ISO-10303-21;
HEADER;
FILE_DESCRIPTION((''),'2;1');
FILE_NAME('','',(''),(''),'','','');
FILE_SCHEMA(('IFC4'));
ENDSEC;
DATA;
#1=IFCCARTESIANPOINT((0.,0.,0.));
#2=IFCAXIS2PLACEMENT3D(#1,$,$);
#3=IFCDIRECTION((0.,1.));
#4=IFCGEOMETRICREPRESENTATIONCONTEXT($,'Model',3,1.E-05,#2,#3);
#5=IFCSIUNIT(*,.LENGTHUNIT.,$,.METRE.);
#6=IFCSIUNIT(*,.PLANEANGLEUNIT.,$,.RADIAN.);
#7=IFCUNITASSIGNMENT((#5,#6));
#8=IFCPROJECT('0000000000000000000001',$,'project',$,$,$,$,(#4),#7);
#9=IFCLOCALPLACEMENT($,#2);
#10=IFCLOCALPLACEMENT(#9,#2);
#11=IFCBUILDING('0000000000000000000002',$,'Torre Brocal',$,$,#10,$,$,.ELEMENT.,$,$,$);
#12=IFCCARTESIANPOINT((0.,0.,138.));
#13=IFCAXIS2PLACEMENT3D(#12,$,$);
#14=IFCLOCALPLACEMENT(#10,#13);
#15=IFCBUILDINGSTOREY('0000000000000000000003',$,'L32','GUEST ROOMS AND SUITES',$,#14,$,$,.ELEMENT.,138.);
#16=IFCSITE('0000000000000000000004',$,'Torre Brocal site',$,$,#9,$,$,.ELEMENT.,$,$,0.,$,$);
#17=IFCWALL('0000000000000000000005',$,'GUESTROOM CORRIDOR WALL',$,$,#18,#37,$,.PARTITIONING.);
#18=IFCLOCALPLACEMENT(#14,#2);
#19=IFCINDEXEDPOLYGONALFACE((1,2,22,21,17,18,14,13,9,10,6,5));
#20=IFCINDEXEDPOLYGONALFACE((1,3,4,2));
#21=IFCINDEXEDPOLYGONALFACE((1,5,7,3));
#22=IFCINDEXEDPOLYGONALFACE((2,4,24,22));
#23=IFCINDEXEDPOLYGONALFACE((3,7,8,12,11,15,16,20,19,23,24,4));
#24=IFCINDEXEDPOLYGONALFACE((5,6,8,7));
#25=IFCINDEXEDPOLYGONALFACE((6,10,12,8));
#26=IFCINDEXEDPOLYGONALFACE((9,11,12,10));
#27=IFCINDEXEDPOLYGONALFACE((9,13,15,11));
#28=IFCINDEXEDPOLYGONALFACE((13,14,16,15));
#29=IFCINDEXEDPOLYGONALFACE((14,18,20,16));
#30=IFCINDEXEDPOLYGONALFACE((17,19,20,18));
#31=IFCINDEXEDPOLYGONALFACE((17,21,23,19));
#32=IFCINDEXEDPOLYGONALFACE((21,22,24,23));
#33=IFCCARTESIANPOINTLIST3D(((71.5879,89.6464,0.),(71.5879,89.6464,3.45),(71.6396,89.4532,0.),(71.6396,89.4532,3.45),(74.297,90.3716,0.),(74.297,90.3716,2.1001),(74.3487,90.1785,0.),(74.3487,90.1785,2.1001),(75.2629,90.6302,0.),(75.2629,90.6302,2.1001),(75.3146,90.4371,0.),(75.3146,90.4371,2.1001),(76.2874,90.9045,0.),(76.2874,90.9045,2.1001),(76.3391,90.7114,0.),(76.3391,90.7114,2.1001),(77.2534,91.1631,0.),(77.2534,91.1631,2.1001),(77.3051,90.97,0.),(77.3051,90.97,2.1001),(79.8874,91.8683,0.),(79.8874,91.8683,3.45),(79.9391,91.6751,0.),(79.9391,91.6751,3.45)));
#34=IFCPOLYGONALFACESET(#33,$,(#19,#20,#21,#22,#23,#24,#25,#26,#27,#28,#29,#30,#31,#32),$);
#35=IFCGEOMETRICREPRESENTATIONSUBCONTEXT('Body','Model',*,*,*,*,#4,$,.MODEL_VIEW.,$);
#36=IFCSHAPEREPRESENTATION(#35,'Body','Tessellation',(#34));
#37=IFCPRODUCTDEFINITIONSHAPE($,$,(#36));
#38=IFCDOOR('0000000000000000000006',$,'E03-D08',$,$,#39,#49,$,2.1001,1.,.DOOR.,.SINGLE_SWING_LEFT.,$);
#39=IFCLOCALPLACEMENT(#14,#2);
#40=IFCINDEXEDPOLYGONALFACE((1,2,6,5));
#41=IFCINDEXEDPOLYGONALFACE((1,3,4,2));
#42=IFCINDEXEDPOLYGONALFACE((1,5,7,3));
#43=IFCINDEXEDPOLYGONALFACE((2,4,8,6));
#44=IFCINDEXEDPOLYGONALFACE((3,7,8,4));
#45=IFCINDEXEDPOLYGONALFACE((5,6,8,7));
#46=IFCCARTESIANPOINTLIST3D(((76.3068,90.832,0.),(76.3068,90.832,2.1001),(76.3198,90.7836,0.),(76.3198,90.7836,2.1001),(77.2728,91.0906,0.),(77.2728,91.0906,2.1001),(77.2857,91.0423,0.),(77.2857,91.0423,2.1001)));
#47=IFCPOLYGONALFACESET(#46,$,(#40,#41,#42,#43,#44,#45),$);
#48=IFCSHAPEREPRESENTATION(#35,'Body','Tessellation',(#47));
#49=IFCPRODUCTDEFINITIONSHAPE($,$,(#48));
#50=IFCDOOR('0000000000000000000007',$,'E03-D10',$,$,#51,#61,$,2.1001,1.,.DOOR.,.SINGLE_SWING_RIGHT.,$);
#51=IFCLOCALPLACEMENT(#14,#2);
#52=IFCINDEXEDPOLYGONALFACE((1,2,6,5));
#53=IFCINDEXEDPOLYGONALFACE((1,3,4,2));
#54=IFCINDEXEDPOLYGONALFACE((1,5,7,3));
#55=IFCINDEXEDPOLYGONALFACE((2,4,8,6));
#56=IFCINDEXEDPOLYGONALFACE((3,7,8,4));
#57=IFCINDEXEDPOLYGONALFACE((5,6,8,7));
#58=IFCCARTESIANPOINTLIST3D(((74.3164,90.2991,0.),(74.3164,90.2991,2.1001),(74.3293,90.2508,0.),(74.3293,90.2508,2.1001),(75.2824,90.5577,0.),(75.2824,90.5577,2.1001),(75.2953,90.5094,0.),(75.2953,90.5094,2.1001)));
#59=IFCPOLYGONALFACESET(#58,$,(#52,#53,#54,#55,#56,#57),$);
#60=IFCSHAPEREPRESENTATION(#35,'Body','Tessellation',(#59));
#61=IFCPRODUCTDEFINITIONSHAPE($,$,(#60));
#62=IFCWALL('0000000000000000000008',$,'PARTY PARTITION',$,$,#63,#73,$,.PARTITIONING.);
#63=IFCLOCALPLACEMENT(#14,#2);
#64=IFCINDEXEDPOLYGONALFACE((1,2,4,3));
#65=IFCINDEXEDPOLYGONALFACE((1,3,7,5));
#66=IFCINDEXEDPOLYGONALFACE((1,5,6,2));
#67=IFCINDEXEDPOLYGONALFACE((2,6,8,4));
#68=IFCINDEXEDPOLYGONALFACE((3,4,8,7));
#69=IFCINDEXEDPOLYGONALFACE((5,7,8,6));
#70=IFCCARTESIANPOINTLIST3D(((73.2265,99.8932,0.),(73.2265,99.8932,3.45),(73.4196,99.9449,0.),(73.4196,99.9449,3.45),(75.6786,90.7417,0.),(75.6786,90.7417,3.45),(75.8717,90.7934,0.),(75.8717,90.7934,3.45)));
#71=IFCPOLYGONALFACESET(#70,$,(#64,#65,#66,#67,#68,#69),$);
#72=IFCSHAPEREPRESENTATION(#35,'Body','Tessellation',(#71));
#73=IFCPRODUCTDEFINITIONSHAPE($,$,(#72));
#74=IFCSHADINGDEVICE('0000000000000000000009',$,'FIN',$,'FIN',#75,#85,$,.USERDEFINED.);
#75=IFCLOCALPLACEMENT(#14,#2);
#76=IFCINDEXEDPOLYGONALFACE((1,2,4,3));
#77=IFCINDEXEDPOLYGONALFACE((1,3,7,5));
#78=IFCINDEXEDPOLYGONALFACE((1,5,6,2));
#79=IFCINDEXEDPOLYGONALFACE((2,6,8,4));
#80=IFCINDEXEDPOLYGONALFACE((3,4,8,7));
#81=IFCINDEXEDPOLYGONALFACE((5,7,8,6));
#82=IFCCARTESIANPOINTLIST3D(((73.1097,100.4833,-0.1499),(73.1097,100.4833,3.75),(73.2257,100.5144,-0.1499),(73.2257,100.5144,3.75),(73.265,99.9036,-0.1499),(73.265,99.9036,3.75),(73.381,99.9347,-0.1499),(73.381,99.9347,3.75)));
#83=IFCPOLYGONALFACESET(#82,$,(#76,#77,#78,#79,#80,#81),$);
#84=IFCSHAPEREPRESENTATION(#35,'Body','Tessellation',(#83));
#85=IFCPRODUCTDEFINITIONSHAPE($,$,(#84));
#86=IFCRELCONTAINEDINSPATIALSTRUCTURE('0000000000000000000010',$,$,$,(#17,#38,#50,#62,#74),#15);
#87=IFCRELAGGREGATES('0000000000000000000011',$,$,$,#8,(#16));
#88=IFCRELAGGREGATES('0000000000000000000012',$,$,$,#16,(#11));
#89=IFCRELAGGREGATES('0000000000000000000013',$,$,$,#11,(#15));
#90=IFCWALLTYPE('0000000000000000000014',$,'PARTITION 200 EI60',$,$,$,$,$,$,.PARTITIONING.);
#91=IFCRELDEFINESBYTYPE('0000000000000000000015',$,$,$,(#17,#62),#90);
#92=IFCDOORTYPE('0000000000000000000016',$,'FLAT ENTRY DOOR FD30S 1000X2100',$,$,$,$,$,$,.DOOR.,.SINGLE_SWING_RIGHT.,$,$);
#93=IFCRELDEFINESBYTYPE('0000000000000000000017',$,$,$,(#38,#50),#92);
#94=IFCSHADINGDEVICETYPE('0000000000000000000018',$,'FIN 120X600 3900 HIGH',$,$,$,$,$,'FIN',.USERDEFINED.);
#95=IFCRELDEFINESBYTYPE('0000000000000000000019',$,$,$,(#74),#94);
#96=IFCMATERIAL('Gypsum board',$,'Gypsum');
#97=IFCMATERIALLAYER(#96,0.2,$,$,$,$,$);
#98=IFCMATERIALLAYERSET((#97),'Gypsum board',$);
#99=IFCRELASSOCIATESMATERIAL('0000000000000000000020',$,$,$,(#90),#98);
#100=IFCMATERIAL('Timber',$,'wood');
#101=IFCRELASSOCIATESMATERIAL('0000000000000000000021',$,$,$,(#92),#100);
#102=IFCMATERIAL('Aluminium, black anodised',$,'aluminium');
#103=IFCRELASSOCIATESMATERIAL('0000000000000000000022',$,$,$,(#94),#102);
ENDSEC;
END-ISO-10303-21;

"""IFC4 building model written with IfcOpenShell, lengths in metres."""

from ifc_helpers import new_model, si_unit, direction, frame, frame_2d, origin, origin_2d, place, context, subcontext, project, spatial, rectangle, extrude, material, layer, layer_set, material_profile, profile_set, type_object, element, fill, save


model = new_model("IFC4")

# Units and contexts
model_context = context("Model", 3, precision=1e-05, world=origin(), true_north=direction((0.0, 1.0)))
body_context = subcontext(model_context, "Body", "Model", "MODEL_VIEW")
ifc_project = project(units=[si_unit("LENGTHUNIT", "METRE"), si_unit("PLANEANGLEUNIT", "RADIAN")], contexts=[model_context])

# Site, building, storey
site_placement = place(None, origin())
site = spatial("IfcSite", under=ifc_project, at=site_placement, Name="Torre Brocal site", CompositionType="ELEMENT", RefElevation=0.0)
building_placement = place(site_placement, origin())
building = spatial("IfcBuilding", under=site, at=building_placement, Name="Torre Brocal", CompositionType="ELEMENT")
storey_placement = place(building_placement, frame((0.0, 0.0, 138.0)))
storey = spatial("IfcBuildingStorey", under=building, at=storey_placement, Name="L32", Description="GUEST ROOMS AND SUITES", CompositionType="ELEMENT", Elevation=138.0)

# Wall, openings, doors
ifc_material_1 = material(Name="Gypsum board", Category="Gypsum")
ifc_layer_1 = layer(ifc_material_1, 0.2)
ifc_layer_set_1 = layer_set([ifc_layer_1], Name="Gypsum board")
wall_type_1 = type_object("IfcWallType", Name="PARTITION 200 EI60", PredefinedType="PARTITIONING", material=ifc_layer_set_1)
wall_1_placement = place(storey_placement, frame((71.6138, 89.5498, 0.0), z_axis=(0.0, 0.0, 1.0), x_axis=(0.965982, 0.258609, 0.0)))
wall_1 = element("IfcWall", 1, at=wall_1_placement, inside=storey, type_object=wall_type_1, Name="GUESTROOM CORRIDOR WALL", PredefinedType="PARTITIONING", context=body_context, shape_type="SweptSolid", body=[
    extrude(rectangle(XDim=8.5918, YDim=0.2, at=frame_2d((4.2959, 0.0))), origin(), (0.0, 0.0, 1.0), 3.45),
])
opening_1_placement = place(wall_1_placement, frame((4.865, 0.0, 0.0)))
opening_1 = element("IfcOpeningElement", 2, at=opening_1_placement, cuts=wall_1, PredefinedType="OPENING", context=body_context, shape_type="SweptSolid", body=[
    extrude(rectangle(XDim=1.0, YDim=2.1001, at=frame_2d((0.5, 1.05))), frame((0.0, 0.1099, 0.0), z_axis=(0.0, -1.0, 0.0), x_axis=(1.0, 0.0, 0.0)), (0.0, 0.0, 1.0), 0.22),
])
opening_2_placement = place(wall_1_placement, frame((2.8044, 0.0, 0.0)))
opening_2 = element("IfcOpeningElement", 3, at=opening_2_placement, cuts=wall_1, PredefinedType="OPENING", context=body_context, shape_type="SweptSolid", body=[
    extrude(rectangle(XDim=1.0, YDim=2.1001, at=frame_2d((0.5, 1.05))), frame((0.0, 0.1099, 0.0), z_axis=(0.0, -1.0, 0.0), x_axis=(1.0, 0.0, 0.0)), (0.0, 0.0, 1.0), 0.22),
])
ifc_material_2 = material(Name="Timber", Category="wood")
door_type_1 = type_object("IfcDoorType", Name="FLAT ENTRY DOOR FD30S 1000X2100", OperationType="SINGLE_SWING_RIGHT", PredefinedType="DOOR", material=ifc_material_2)
door_1_placement = place(opening_1_placement, origin())
door_1 = element("IfcDoor", 4, at=door_1_placement, inside=storey, type_object=door_type_1, Name="E03-D08", OperationType="SINGLE_SWING_LEFT", OverallHeight=2.1001, OverallWidth=1.0, PredefinedType="DOOR", context=body_context, shape_type="SweptSolid", body=[
    extrude(rectangle(XDim=1.0, YDim=2.1001, at=frame_2d((0.5, 1.05))), frame((0.0, 0.0249, 0.0), z_axis=(0.0, -1.0, 0.0), x_axis=(1.0, 0.0, 0.0)), (0.0, 0.0, 1.0), 0.05),
])
fill(opening_1, door_1)
door_2_placement = place(opening_2_placement, origin())
door_2 = element("IfcDoor", 5, at=door_2_placement, inside=storey, type_object=door_type_1, Name="E03-D10", OperationType="SINGLE_SWING_RIGHT", OverallHeight=2.1001, OverallWidth=1.0, PredefinedType="DOOR", context=body_context, shape_type="SweptSolid", body=[
    extrude(rectangle(XDim=1.0, YDim=2.1001, at=frame_2d((0.5, 1.05))), frame((0.0, 0.0249, 0.0), z_axis=(0.0, -1.0, 0.0), x_axis=(1.0, 0.0, 0.0)), (0.0, 0.0, 1.0), 0.05),
])
fill(opening_2, door_2)

# Wall
wall_2_placement = place(storey_placement, frame((73.323, 99.9192, 0.0), z_axis=(0.0, 0.0, 1.0), x_axis=(0.258817, -0.965926, 0.0)))
element("IfcWall", 6, at=wall_2_placement, inside=storey, type_object=wall_type_1, Name="PARTY PARTITION", PredefinedType="PARTITIONING", context=body_context, shape_type="SweptSolid", body=[
    extrude(rectangle(XDim=9.4744, YDim=0.2, at=frame_2d((4.7373, 0.0))), origin(), (0.0, 0.0, 1.0), 3.45),
])

# Shading device
ifc_material_3 = material(Name="Aluminium, black anodised", Category="aluminium")
ifc_material_profile_1 = material_profile(ifc_material_3, rectangle(XDim=0.1201, YDim=0.6001, at=origin_2d()), Name="FIN 120X600 3900 HIGH")
ifc_profile_set_1 = profile_set([ifc_material_profile_1], Name="Aluminium, black anodised")
shading_device_type = type_object("IfcShadingDeviceType", Name="FIN 120X600 3900 HIGH", ElementType="FIN", PredefinedType="USERDEFINED", material=ifc_profile_set_1)
shading_device_placement = place(storey_placement, frame((73.2454, 100.209, -0.1499), z_axis=(0.0, 0.0, 1.0), x_axis=(-0.965926, -0.258819, 0.0)))
element("IfcShadingDevice", 7, at=shading_device_placement, inside=storey, type_object=shading_device_type, Name="FIN", ObjectType="FIN", PredefinedType="USERDEFINED", context=body_context, shape_type="SweptSolid", body=[
    extrude(rectangle(XDim=0.1201, YDim=0.6001, at=origin_2d()), origin(), (0.0, 0.0, 1.0), 3.8999),
])

save(model, "model.ifc")
